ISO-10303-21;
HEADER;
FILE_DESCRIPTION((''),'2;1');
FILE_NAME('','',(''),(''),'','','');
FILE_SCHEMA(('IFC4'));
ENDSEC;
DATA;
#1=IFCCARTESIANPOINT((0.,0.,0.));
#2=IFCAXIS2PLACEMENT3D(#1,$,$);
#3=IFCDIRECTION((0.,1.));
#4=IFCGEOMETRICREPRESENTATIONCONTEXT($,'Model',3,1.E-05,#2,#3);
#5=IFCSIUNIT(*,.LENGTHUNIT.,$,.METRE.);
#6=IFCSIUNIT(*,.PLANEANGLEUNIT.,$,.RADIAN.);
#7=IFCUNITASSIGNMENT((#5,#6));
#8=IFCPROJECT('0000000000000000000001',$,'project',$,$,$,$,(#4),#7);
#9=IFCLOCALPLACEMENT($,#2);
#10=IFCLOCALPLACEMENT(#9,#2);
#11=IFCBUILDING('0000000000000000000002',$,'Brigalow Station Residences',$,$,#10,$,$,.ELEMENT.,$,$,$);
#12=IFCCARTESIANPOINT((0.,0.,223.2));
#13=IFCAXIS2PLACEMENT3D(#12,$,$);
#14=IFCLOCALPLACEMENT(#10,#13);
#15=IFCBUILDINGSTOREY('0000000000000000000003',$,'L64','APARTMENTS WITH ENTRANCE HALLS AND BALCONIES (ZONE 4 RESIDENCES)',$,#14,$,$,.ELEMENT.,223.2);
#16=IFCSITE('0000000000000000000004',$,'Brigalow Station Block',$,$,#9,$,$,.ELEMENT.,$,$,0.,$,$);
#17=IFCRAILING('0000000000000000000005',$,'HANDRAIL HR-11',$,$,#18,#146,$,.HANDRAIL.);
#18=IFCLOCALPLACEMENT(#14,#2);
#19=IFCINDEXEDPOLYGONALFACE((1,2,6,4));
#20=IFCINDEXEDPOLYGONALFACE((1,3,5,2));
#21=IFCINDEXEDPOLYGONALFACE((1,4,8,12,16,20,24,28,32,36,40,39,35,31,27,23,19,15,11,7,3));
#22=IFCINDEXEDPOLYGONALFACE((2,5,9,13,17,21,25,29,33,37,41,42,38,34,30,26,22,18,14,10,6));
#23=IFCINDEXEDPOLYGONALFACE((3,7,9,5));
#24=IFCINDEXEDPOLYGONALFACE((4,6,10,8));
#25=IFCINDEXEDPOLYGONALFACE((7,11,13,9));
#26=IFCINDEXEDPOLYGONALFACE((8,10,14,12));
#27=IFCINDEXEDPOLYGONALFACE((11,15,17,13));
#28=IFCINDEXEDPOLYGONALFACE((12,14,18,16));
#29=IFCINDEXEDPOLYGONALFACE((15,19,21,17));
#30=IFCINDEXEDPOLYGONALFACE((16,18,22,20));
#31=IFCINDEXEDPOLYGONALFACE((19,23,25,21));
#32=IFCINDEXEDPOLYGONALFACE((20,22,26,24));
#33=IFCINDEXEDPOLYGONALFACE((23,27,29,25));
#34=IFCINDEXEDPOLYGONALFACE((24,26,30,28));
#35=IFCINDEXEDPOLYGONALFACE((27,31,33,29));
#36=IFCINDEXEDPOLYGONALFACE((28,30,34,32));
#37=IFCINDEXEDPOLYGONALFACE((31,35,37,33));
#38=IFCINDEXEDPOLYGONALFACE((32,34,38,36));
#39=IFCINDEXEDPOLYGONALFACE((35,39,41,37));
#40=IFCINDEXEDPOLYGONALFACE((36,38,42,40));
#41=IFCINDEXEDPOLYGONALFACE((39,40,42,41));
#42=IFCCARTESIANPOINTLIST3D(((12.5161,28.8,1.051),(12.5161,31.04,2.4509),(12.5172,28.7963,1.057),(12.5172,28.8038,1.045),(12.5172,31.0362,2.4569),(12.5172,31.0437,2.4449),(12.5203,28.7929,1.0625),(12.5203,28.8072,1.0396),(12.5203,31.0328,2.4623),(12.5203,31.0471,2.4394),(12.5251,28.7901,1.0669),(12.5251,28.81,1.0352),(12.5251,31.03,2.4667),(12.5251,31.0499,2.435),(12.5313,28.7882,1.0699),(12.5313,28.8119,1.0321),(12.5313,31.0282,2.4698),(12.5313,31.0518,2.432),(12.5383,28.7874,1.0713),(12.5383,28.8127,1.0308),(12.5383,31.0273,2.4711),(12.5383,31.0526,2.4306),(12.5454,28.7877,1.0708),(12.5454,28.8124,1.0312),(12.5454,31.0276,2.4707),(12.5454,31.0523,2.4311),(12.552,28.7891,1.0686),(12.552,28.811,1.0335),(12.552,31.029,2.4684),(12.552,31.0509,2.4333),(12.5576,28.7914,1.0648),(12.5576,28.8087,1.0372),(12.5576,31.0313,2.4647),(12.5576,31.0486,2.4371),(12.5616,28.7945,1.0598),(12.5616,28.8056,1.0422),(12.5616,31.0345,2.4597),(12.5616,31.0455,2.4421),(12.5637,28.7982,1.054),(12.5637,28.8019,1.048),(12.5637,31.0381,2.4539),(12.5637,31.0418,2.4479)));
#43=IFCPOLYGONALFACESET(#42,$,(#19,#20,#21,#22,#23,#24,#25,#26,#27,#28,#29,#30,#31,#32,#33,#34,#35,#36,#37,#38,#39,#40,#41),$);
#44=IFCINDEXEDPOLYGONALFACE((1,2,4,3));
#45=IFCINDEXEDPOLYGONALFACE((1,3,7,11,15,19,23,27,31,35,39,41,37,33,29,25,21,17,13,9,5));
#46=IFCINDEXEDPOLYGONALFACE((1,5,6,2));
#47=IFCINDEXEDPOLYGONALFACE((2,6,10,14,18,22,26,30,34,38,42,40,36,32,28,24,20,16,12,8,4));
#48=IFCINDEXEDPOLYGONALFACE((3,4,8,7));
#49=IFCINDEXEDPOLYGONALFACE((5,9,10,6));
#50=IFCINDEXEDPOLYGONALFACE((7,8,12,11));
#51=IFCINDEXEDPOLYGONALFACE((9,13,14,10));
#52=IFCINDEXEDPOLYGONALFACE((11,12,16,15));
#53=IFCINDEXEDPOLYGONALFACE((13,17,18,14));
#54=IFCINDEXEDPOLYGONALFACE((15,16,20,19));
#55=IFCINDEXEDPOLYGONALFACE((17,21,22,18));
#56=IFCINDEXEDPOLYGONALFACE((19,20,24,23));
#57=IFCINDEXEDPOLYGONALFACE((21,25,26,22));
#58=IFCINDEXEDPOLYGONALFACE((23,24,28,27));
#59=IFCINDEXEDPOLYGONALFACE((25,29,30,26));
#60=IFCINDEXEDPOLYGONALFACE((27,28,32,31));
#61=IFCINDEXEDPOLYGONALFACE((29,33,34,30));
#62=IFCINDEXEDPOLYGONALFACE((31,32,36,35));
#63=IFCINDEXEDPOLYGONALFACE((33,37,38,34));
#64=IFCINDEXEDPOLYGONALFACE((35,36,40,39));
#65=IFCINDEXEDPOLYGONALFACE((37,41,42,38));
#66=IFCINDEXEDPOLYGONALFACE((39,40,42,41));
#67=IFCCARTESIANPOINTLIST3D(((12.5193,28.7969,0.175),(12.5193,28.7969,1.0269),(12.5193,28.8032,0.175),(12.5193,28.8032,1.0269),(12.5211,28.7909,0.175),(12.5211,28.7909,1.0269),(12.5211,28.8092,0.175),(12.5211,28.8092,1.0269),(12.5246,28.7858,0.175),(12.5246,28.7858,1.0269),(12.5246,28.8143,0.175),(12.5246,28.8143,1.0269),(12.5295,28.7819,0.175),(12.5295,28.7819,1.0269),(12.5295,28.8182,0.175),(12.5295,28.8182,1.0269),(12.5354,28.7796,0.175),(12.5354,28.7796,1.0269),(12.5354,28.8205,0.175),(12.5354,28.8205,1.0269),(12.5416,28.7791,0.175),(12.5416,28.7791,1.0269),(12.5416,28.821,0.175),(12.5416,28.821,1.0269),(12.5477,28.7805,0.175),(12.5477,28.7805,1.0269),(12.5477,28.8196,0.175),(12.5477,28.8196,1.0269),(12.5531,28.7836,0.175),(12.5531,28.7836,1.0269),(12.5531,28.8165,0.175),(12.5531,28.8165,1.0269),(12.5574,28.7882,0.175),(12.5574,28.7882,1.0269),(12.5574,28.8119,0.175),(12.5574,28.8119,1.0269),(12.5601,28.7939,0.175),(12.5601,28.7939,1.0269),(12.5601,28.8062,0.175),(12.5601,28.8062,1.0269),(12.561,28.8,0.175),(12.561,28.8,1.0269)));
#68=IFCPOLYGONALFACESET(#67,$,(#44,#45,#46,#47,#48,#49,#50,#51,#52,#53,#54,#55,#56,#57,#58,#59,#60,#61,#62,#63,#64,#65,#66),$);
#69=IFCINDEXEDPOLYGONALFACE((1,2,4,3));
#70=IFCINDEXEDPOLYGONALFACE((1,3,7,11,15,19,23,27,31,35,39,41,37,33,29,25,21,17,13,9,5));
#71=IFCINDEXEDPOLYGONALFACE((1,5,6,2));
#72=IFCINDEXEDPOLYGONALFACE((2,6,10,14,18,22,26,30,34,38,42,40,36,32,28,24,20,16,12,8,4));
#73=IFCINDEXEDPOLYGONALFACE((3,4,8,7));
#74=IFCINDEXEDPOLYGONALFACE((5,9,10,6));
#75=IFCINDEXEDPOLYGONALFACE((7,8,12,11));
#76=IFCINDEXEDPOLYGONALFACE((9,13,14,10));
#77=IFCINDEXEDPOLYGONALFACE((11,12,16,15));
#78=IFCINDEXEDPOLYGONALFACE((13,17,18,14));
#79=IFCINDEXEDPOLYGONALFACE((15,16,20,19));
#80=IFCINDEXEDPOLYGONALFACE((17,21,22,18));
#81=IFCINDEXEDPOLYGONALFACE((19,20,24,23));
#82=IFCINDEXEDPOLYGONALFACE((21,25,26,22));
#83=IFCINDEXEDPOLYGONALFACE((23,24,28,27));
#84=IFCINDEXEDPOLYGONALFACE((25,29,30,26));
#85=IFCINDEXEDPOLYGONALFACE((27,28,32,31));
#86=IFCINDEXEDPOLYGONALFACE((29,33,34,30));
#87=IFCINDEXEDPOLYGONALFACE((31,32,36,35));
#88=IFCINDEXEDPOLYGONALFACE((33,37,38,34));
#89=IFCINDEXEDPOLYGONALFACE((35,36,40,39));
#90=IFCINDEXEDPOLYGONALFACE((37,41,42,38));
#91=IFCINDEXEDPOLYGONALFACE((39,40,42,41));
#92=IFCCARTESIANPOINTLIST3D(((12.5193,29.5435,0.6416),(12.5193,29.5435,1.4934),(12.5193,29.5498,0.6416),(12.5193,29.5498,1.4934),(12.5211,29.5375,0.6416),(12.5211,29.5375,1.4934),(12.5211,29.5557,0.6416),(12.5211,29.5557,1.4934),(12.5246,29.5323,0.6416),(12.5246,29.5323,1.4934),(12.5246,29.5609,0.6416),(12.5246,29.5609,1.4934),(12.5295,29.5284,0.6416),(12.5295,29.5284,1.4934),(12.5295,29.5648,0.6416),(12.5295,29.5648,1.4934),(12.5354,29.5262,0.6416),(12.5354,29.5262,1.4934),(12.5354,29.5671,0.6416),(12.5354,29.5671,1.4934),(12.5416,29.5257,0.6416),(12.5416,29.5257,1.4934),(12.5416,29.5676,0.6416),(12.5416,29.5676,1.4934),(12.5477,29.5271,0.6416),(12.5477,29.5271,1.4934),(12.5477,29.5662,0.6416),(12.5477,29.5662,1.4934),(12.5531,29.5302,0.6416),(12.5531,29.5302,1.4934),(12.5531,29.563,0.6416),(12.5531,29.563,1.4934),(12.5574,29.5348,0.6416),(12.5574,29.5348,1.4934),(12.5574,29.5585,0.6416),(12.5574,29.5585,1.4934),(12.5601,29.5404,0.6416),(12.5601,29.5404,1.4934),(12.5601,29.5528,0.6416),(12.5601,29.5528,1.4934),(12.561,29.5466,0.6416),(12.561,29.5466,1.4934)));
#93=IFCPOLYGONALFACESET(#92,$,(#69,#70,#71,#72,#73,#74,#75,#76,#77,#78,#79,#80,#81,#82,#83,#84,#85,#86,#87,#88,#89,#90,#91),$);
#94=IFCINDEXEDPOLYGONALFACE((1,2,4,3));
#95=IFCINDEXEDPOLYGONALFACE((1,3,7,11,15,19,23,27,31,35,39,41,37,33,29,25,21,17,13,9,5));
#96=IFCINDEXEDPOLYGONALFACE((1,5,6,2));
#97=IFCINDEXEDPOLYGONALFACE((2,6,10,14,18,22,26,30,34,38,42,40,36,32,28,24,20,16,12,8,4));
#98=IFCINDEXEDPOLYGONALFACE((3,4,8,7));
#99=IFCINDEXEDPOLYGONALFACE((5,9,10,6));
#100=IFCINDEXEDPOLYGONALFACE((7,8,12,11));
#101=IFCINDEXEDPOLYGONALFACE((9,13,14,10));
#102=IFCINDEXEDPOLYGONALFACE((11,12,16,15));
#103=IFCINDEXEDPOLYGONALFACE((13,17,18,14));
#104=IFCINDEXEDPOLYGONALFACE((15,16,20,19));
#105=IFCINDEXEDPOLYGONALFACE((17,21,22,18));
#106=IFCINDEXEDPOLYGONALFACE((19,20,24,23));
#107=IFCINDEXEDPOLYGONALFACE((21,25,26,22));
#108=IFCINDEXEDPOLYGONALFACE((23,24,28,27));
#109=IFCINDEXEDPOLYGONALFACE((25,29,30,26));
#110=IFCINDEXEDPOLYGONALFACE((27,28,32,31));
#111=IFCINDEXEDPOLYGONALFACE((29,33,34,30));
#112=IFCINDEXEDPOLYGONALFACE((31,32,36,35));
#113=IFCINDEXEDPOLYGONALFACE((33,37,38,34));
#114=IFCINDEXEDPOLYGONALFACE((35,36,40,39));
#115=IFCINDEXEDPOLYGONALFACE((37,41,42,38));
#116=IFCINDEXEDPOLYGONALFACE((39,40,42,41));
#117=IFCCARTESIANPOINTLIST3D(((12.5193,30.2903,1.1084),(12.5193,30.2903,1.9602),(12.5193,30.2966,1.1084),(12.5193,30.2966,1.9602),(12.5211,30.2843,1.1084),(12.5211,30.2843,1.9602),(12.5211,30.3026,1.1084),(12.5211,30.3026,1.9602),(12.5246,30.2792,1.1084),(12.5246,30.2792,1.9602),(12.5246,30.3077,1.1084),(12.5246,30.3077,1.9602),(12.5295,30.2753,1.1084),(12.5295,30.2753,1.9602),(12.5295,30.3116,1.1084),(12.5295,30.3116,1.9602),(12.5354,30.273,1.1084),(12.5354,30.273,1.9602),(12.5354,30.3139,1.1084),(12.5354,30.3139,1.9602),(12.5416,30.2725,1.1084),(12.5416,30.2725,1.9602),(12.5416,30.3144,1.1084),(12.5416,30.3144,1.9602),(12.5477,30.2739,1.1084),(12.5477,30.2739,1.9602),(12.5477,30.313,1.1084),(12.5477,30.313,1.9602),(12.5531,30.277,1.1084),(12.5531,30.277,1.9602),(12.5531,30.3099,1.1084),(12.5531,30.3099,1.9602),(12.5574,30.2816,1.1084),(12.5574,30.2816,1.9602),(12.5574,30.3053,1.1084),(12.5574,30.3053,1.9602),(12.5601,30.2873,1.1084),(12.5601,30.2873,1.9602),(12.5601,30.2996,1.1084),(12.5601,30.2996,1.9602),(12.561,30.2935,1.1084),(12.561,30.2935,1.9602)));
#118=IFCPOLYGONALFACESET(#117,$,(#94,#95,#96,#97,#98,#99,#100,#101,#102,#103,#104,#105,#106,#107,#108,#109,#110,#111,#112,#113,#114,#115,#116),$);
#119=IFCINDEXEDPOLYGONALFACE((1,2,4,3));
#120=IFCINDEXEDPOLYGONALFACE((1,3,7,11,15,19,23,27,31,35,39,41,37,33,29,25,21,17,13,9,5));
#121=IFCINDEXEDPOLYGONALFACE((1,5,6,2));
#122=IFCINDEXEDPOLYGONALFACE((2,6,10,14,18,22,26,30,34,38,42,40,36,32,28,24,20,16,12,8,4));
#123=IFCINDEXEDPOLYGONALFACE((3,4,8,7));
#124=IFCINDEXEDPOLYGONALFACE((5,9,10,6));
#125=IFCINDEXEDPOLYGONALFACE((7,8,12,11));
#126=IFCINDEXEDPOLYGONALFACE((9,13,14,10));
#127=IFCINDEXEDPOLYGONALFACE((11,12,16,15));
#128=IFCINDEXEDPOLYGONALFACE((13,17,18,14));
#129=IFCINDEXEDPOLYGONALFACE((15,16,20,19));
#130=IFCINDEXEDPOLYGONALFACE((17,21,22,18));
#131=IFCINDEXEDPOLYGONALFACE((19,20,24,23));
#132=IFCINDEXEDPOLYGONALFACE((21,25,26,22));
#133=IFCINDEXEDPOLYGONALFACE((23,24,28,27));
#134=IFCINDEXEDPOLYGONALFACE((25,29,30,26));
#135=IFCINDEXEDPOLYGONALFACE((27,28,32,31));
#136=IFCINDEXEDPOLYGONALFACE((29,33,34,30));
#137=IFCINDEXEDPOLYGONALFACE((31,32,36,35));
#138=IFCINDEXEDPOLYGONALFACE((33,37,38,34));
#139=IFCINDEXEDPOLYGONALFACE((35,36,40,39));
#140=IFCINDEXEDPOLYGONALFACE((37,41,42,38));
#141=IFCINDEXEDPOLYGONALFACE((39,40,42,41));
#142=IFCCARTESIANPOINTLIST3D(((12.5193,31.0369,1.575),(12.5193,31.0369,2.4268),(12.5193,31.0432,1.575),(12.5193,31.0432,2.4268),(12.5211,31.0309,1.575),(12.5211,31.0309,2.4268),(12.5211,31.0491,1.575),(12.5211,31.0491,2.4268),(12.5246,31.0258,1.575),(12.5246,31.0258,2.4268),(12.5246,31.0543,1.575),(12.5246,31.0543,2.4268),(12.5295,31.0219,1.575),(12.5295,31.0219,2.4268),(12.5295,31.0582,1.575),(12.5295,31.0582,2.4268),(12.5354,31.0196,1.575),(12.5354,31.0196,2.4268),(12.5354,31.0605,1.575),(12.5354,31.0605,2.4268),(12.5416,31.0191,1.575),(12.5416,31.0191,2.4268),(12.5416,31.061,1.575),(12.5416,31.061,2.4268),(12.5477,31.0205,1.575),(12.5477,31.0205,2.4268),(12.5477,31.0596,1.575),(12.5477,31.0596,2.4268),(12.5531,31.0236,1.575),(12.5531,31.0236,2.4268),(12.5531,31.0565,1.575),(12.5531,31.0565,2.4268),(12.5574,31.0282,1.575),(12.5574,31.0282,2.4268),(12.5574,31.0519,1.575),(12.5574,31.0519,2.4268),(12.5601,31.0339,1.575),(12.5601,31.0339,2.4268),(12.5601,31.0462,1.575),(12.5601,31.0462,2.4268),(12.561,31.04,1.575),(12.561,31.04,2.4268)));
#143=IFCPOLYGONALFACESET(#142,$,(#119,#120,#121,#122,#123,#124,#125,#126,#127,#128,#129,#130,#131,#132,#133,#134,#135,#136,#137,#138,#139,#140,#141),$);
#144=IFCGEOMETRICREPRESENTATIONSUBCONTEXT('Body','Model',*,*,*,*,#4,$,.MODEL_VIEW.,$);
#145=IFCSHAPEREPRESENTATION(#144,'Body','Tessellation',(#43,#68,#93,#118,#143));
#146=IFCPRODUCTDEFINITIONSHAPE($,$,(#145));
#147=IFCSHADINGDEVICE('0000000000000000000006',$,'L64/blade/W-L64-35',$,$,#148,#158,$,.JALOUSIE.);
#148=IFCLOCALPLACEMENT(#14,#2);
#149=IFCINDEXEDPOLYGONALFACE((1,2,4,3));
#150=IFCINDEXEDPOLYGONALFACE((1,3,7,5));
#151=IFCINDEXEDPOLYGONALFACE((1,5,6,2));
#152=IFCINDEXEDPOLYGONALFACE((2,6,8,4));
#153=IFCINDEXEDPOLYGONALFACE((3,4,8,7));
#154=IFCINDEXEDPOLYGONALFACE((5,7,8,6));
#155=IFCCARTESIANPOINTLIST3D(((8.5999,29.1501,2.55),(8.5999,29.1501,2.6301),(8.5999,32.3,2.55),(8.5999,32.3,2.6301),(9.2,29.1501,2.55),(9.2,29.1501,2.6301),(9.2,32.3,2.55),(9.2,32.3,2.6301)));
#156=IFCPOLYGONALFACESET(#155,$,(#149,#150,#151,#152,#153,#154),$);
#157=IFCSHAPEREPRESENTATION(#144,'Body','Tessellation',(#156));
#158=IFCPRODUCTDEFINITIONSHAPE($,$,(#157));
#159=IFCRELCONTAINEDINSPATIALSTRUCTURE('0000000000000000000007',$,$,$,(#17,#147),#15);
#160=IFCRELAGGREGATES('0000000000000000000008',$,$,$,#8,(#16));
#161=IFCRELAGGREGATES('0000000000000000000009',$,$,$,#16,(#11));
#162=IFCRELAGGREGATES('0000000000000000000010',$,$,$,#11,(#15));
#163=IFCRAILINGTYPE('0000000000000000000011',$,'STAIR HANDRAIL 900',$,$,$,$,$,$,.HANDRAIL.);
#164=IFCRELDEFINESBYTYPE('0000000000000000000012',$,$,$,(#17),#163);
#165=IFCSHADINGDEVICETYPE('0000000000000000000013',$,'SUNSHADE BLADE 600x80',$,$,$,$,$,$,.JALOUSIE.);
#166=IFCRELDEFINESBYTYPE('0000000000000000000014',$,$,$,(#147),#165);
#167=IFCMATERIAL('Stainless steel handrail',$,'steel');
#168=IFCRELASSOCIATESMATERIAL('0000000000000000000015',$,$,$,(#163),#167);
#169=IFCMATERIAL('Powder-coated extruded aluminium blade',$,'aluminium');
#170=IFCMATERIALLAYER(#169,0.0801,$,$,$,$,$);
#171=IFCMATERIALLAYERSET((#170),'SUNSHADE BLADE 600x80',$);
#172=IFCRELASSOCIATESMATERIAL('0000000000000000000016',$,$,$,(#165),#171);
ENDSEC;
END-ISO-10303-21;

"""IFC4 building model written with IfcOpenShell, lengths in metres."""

from ifc_helpers import new_model, si_unit, direction, frame, origin, origin_2d, place, context, subcontext, project, spatial, rectangle, circle, extrude, material, layer, layer_set, type_object, element, save


model = new_model("IFC4")

# Units and contexts
model_context = context("Model", 3, precision=1e-05, world=origin(), true_north=direction((0.0, 1.0)))
body_context = subcontext(model_context, "Body", "Model", "MODEL_VIEW")
ifc_project = project(units=[si_unit("LENGTHUNIT", "METRE"), si_unit("PLANEANGLEUNIT", "RADIAN")], contexts=[model_context])

# Site, building, storey
site_placement = place(None, origin())
site = spatial("IfcSite", under=ifc_project, at=site_placement, Name="Brigalow Station Block", CompositionType="ELEMENT", RefElevation=0.0)
building_placement = place(site_placement, origin())
building = spatial("IfcBuilding", under=site, at=building_placement, Name="Brigalow Station Residences", CompositionType="ELEMENT")
storey_placement = place(building_placement, frame((0.0, 0.0, 223.2)))
storey = spatial("IfcBuildingStorey", under=building, at=storey_placement, Name="L64", Description="APARTMENTS WITH ENTRANCE HALLS AND BALCONIES (ZONE 4 RESIDENCES)", CompositionType="ELEMENT", Elevation=223.2)

# Railing
ifc_material_1 = material(Name="Stainless steel handrail", Category="steel")
railing_type_1 = type_object("IfcRailingType", Name="STAIR HANDRAIL 900", PredefinedType="HANDRAIL", material=ifc_material_1)
railing_1_placement = place(storey_placement, frame((12.54, 28.8, 0.175)))
element("IfcRailing", 1, at=railing_1_placement, inside=storey, type_object=railing_type_1, Name="HANDRAIL HR-11", PredefinedType="HANDRAIL", context=body_context, shape_type="SweptSolid", body=[
    extrude(circle(Radius=0.0239, at=origin_2d()), frame((0.0, 0.0, 0.876), z_axis=(0.0, 0.848014, 0.529974), x_axis=(-1.0, 0.0, 0.0)), (0.0, 0.0, 1.0), 2.6414),
    extrude(circle(Radius=0.021, at=origin_2d()), origin(), (0.0, 0.0, 1.0), 0.8518),
    extrude(circle(Radius=0.021, at=origin_2d()), frame((0.0, 0.7466, 0.4666)), (0.0, 0.0, 1.0), 0.8518),
    extrude(circle(Radius=0.021, at=origin_2d()), frame((0.0, 1.4934, 0.9333)), (0.0, 0.0, 1.0), 0.8518),
    extrude(circle(Radius=0.021, at=origin_2d()), frame((0.0, 2.24, 1.3999)), (0.0, 0.0, 1.0), 0.8518),
])

# Shading device
ifc_material_2 = material(Name="Powder-coated extruded aluminium blade", Category="aluminium")
ifc_layer_1 = layer(ifc_material_2, 0.0801)
ifc_layer_set_1 = layer_set([ifc_layer_1], Name="SUNSHADE BLADE 600x80")
shading_device_type = type_object("IfcShadingDeviceType", Name="SUNSHADE BLADE 600x80", PredefinedType="JALOUSIE", material=ifc_layer_set_1)
shading_device_placement = place(storey_placement, frame((8.8999, 30.7251, 2.55), z_axis=(0.0, 0.0, 1.0), x_axis=(0.0, -1.0, 0.0)))
element("IfcShadingDevice", 2, at=shading_device_placement, inside=storey, type_object=shading_device_type, Name="L64/blade/W-L64-35", PredefinedType="JALOUSIE", context=body_context, shape_type="SweptSolid", body=[
    extrude(rectangle(XDim=3.1499, YDim=0.6001, at=origin_2d()), origin(), (0.0, 0.0, 1.0), 0.0801),
])

save(model, "model.ifc")
